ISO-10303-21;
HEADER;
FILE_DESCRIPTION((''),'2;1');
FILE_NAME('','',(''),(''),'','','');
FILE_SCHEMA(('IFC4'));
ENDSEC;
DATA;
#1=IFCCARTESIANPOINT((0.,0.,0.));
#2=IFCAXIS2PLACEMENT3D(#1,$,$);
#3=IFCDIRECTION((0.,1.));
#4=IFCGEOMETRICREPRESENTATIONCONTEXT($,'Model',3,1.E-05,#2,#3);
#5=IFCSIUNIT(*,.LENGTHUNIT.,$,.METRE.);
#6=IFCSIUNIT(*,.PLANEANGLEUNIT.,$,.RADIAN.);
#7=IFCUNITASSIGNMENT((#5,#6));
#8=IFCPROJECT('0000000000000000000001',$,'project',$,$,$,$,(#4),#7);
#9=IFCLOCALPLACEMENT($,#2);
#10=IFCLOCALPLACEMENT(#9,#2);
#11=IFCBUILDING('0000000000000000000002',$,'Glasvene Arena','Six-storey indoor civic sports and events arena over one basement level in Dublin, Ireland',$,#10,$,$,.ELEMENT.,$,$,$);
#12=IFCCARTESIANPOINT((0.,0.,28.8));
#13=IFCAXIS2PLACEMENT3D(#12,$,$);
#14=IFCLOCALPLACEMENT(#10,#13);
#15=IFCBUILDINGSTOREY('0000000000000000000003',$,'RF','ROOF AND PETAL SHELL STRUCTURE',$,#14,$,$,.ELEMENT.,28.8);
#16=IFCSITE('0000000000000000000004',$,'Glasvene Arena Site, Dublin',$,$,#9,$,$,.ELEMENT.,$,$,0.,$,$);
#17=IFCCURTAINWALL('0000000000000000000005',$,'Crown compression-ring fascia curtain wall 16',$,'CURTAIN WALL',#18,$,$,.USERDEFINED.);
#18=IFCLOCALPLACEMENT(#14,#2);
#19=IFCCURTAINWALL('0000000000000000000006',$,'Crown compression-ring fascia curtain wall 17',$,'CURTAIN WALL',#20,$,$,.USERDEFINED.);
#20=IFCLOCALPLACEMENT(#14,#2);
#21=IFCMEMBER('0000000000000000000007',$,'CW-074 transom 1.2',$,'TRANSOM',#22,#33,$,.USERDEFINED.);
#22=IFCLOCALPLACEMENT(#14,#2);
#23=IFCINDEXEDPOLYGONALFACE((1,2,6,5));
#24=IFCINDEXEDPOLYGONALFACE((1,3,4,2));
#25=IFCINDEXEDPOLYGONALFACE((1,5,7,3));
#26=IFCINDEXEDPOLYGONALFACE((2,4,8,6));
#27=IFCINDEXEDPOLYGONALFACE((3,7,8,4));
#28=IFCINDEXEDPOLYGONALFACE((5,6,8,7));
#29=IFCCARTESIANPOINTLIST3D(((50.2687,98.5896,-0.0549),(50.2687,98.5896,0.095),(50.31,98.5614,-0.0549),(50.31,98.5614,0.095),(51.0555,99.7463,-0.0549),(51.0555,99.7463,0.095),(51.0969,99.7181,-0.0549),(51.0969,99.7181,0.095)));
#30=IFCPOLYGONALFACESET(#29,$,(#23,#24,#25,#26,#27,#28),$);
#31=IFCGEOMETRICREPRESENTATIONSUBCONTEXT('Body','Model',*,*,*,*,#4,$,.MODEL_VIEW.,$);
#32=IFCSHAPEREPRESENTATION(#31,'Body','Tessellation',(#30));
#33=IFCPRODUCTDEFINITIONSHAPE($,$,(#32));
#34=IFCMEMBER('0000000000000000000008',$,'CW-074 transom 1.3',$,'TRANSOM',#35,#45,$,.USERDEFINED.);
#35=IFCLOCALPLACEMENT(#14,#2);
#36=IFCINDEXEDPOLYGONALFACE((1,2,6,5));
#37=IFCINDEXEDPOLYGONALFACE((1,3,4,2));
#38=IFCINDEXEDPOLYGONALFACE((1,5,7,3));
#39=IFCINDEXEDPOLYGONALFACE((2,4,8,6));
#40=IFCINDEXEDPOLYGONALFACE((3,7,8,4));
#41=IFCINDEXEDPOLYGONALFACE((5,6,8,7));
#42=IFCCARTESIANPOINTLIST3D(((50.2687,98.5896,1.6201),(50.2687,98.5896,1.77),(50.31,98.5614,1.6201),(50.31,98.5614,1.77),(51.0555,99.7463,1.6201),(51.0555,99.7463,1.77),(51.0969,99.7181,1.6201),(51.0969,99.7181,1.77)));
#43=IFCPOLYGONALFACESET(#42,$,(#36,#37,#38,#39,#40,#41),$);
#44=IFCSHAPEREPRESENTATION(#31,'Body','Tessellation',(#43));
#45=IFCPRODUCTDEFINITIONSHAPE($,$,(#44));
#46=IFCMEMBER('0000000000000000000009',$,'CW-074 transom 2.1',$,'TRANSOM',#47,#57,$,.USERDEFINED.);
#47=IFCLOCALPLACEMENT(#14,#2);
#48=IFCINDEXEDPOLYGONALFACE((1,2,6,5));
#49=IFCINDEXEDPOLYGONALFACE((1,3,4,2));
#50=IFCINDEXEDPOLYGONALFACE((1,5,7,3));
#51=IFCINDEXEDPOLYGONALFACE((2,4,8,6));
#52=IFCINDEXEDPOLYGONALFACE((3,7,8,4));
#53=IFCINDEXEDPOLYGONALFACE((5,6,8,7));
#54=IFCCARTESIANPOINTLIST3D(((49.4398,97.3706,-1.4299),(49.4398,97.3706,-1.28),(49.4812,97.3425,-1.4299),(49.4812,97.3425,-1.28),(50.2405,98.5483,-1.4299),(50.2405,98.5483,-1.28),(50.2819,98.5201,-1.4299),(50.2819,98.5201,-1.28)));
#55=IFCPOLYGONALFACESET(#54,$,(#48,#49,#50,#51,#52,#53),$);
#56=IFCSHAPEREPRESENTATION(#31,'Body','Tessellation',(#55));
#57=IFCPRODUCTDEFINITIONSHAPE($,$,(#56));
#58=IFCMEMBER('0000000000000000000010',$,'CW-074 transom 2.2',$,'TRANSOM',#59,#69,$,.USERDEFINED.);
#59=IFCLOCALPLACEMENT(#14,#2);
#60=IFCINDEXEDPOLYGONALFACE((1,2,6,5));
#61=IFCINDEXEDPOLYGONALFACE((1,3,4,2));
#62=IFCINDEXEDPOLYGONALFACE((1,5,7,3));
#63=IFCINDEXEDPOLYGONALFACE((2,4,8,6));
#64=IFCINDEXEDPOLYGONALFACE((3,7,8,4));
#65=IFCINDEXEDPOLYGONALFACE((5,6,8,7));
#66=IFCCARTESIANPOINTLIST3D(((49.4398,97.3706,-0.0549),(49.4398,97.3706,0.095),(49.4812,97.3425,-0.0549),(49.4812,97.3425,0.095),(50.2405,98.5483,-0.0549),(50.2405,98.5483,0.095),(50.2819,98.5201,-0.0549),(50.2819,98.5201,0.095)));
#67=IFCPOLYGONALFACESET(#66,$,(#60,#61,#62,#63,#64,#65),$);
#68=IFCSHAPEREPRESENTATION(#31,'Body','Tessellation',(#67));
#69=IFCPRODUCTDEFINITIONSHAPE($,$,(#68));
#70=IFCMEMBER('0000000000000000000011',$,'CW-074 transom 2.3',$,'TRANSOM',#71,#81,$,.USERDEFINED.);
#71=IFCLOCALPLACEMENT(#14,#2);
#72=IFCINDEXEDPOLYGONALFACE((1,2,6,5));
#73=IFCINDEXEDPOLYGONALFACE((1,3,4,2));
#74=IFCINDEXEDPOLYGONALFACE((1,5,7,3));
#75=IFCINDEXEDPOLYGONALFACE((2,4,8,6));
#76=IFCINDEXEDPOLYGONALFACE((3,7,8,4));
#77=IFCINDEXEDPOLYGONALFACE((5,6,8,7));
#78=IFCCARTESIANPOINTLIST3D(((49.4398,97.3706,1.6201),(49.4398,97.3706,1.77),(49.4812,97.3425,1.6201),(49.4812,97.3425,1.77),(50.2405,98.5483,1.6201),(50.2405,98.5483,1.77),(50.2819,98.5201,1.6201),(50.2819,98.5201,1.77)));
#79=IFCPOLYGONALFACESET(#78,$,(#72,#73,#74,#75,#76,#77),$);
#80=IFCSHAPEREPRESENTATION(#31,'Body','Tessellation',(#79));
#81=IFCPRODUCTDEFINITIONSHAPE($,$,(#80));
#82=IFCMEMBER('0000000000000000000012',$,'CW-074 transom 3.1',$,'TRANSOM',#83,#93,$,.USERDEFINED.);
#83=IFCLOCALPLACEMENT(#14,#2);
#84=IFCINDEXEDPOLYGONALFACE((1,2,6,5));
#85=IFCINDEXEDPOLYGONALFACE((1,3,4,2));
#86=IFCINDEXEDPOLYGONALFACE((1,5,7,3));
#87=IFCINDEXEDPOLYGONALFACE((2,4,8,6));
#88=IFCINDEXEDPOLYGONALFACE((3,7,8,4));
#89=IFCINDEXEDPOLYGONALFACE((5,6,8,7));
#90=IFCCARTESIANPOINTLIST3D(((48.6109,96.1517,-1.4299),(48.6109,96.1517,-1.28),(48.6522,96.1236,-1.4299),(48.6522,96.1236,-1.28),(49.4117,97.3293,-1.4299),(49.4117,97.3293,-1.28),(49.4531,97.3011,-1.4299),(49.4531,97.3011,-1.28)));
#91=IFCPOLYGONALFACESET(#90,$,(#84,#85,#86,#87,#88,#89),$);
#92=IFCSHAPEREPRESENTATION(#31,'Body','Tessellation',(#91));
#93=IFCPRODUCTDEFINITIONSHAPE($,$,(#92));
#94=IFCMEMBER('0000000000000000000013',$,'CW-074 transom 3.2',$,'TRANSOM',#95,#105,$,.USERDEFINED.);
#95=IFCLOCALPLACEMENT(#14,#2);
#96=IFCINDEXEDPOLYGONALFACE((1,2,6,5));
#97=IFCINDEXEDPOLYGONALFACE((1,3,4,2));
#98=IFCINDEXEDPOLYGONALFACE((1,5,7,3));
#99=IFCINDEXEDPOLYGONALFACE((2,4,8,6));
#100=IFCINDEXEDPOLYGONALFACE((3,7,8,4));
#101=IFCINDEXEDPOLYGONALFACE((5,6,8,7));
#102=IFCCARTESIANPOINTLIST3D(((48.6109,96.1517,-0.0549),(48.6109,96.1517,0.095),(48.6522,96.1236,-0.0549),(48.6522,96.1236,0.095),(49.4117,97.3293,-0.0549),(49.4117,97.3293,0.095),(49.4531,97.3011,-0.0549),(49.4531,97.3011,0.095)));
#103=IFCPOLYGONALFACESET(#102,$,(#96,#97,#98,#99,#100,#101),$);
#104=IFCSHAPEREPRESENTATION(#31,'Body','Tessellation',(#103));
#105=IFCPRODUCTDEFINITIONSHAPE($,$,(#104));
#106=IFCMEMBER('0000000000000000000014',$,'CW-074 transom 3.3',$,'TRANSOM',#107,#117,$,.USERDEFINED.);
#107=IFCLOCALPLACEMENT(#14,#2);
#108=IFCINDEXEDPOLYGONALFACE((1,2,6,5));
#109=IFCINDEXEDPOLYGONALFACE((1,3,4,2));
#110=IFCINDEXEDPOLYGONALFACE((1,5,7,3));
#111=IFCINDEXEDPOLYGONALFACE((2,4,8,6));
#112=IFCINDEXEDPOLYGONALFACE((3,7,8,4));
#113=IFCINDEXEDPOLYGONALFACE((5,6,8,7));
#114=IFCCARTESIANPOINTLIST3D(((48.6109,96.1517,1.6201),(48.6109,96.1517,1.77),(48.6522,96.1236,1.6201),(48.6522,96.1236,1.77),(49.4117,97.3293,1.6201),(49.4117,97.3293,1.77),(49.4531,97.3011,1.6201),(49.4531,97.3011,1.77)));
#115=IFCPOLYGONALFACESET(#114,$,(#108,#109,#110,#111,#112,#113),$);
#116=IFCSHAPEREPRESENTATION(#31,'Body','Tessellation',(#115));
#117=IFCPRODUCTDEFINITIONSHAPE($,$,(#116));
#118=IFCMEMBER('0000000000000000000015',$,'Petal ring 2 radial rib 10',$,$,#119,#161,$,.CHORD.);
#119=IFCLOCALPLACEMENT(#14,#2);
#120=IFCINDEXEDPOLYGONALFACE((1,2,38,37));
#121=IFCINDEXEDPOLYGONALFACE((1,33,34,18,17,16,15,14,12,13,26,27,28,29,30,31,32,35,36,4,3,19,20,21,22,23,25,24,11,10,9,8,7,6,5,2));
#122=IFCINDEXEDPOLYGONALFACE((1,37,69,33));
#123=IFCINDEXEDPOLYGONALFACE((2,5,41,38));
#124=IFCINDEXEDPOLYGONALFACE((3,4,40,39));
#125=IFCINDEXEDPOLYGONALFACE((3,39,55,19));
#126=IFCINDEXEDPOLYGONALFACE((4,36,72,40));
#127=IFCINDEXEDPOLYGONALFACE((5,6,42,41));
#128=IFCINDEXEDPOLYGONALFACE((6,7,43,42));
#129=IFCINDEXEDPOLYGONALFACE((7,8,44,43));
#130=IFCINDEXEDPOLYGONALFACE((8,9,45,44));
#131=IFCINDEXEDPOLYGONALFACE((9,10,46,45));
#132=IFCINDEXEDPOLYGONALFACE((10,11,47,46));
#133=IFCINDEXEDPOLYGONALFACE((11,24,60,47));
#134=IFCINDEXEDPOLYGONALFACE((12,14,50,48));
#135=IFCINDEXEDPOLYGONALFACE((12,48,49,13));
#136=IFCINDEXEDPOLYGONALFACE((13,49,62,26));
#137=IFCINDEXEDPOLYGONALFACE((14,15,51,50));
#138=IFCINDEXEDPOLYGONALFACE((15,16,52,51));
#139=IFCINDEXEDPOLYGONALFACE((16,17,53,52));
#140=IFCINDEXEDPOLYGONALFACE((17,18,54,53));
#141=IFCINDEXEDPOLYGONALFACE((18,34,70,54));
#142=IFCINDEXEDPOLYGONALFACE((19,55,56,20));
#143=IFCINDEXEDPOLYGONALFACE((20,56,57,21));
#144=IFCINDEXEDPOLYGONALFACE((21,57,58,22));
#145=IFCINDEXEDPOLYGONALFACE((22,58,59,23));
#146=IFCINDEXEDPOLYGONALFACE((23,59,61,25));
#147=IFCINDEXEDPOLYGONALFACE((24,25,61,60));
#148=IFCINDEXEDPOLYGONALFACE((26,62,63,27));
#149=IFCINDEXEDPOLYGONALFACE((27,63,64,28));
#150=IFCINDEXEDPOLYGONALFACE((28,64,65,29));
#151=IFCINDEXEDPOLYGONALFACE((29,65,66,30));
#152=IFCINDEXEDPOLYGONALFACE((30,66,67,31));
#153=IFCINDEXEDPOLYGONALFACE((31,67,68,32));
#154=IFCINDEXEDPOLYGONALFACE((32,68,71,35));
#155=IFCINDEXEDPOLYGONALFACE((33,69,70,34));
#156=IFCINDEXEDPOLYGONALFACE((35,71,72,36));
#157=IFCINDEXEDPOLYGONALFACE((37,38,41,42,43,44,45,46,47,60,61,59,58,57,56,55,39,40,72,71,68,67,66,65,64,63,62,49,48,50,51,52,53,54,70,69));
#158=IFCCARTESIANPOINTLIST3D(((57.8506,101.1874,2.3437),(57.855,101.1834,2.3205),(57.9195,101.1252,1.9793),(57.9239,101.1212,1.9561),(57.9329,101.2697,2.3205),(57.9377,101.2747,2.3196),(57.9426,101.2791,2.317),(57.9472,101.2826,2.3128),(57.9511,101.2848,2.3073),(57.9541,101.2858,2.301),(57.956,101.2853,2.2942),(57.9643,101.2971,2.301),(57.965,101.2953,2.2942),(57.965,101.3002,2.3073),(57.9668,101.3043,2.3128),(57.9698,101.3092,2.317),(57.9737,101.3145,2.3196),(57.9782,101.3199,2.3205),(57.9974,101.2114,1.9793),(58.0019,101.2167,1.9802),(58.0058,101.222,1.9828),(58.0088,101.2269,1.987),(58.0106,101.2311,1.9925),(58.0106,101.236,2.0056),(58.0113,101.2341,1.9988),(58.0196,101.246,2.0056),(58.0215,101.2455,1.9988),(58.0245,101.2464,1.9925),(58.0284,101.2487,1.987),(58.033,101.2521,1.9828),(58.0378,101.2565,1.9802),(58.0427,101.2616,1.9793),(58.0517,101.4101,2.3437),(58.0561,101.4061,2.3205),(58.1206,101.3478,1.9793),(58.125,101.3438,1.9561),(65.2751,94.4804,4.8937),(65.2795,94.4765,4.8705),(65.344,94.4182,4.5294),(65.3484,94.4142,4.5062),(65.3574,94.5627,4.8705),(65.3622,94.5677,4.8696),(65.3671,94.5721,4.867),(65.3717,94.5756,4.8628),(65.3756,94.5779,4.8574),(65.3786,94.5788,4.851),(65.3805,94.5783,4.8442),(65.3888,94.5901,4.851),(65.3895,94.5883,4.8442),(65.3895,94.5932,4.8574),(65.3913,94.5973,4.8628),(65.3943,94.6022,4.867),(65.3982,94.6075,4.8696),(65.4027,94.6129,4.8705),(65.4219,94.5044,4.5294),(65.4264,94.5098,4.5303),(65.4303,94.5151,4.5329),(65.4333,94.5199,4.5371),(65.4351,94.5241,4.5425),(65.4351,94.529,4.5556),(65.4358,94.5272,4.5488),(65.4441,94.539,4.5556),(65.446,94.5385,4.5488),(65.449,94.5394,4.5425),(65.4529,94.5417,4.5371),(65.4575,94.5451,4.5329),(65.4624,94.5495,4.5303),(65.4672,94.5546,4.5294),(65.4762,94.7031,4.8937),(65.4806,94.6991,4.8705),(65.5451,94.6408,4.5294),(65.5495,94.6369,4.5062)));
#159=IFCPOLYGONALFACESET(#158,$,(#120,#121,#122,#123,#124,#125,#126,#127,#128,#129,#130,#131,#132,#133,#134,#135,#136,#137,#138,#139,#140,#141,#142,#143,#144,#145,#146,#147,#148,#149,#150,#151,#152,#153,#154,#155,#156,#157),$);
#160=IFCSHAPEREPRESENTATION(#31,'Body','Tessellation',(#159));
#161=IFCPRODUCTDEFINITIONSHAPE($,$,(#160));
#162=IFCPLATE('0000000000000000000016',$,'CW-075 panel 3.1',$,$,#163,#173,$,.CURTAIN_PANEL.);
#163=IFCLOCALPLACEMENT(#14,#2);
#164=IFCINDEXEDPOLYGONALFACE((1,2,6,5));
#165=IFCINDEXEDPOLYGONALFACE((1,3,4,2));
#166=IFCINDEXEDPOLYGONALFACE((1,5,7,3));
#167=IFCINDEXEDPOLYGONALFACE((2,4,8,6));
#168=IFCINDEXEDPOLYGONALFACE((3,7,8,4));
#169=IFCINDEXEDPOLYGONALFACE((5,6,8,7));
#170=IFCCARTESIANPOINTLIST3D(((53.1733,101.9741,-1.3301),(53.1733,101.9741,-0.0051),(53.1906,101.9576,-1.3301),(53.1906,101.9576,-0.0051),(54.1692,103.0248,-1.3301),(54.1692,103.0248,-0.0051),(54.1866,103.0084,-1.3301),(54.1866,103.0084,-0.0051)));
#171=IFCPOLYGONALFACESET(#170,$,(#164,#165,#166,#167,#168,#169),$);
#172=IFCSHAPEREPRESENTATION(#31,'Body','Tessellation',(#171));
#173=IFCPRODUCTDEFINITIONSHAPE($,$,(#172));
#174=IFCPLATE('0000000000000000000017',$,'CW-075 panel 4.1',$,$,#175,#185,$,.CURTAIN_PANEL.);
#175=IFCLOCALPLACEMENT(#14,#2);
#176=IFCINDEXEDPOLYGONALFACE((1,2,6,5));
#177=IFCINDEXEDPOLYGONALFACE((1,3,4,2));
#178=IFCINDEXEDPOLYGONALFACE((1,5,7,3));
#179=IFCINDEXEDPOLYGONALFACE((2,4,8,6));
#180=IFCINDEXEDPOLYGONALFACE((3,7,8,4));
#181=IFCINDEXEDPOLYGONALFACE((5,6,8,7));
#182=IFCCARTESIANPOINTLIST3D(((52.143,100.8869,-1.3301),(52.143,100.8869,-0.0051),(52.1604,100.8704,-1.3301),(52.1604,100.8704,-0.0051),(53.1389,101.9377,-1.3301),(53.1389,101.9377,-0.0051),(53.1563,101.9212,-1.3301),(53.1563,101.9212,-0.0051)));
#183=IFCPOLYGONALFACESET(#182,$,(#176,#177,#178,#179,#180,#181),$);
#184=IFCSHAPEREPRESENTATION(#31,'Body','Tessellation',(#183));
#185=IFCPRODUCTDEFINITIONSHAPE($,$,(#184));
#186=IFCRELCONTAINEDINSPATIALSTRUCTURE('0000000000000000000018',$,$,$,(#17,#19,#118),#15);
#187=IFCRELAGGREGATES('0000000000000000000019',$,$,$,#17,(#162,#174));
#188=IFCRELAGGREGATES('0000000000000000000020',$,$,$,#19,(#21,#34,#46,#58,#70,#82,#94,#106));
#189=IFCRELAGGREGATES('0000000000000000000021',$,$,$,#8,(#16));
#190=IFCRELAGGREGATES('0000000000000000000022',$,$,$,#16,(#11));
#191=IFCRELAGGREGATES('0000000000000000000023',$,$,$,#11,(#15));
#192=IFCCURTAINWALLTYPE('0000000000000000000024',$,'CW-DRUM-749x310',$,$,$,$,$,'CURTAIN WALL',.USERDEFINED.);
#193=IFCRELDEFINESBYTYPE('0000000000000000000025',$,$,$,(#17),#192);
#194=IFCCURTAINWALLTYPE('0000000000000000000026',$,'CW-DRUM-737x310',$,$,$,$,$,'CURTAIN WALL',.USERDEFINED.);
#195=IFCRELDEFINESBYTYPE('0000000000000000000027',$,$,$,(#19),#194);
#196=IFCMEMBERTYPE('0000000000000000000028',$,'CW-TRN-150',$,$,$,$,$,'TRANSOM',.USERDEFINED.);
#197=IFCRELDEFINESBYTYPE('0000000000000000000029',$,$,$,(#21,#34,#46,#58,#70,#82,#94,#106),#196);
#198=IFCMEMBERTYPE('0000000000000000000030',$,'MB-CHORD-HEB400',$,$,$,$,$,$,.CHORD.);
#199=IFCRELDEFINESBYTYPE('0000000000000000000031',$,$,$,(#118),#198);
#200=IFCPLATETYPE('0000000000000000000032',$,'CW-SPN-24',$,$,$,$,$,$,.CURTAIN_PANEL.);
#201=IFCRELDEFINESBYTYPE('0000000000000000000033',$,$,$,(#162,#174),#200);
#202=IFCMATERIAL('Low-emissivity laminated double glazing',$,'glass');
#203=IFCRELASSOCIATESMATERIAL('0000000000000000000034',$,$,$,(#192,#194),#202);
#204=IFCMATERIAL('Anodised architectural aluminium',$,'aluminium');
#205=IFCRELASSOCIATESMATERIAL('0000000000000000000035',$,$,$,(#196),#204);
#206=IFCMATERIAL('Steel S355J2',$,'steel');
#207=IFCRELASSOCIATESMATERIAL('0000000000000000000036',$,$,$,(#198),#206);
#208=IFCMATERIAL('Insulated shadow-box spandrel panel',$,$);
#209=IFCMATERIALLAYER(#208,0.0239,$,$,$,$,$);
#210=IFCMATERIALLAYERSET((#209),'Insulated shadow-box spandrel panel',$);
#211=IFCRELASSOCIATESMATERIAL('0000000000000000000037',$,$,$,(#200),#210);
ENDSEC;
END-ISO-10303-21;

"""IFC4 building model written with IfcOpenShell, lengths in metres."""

from ifc_helpers import new_model, si_unit, direction, frame, origin, origin_2d, place, context, subcontext, project, spatial, rectangle, i_section, extrude, material, layer, layer_set, material_profile, profile_set, type_object, element, aggregate, save


model = new_model("IFC4")

# Units and contexts
model_context = context("Model", 3, precision=1e-05, world=origin(), true_north=direction((0.0, 1.0)))
body_context = subcontext(model_context, "Body", "Model", "MODEL_VIEW")
ifc_project = project(units=[si_unit("LENGTHUNIT", "METRE"), si_unit("PLANEANGLEUNIT", "RADIAN")], contexts=[model_context])

# Site, building, storey
site_placement = place(None, origin())
site = spatial("IfcSite", under=ifc_project, at=site_placement, Name="Glasvene Arena Site, Dublin", CompositionType="ELEMENT", RefElevation=0.0)
building_placement = place(site_placement, origin())
building = spatial("IfcBuilding", under=site, at=building_placement, Name="Glasvene Arena", Description="Six-storey indoor civic sports and events arena over one basement level in Dublin, Ireland", CompositionType="ELEMENT")
storey_placement = place(building_placement, frame((0.0, 0.0, 28.8)))
storey = spatial("IfcBuildingStorey", under=building, at=storey_placement, Name="RF", Description="ROOF AND PETAL SHELL STRUCTURE", CompositionType="ELEMENT", Elevation=28.8)

# Shared definitions
ifc_material_1 = material(Name="Steel S355J2", Category="steel")

# Curtain walls
ifc_material_2 = material(Name="Low-emissivity laminated double glazing", Category="glass")
curtain_wall_type_1 = type_object("IfcCurtainWallType", Name="CW-DRUM-749x310", ElementType="CURTAIN WALL", PredefinedType="USERDEFINED", material=ifc_material_2)
curtain_wall_1_placement = place(storey_placement, frame((56.2559, 105.2087, 0.0)))
curtain_wall_1 = element("IfcCurtainWall", 1, at=curtain_wall_1_placement, inside=storey, type_object=curtain_wall_type_1, Name="Crown compression-ring fascia curtain wall 16", ObjectType="CURTAIN WALL", PredefinedType="USERDEFINED")
ifc_material_3 = material(Name="Anodised architectural aluminium", Category="aluminium")
curtain_wall_type_2 = type_object("IfcCurtainWallType", Name="CW-DRUM-737x310", ElementType="CURTAIN WALL", PredefinedType="USERDEFINED", material=ifc_material_2)
curtain_wall_2_placement = place(storey_placement, frame((51.1042, 99.7737, 0.0)))
curtain_wall_2 = element("IfcCurtainWall", 2, at=curtain_wall_2_placement, inside=storey, type_object=curtain_wall_type_2, Name="Crown compression-ring fascia curtain wall 17", ObjectType="CURTAIN WALL", PredefinedType="USERDEFINED")

# Members
ifc_material_profile_1 = material_profile(ifc_material_3, rectangle(XDim=0.05, YDim=0.1499, at=origin_2d()), Name="ALU TRANSOM 50x150")
ifc_profile_set_1 = profile_set([ifc_material_profile_1], Name="Anodised architectural aluminium")
member_type_1 = type_object("IfcMemberType", Name="CW-TRN-150", ElementType="TRANSOM", PredefinedType="USERDEFINED", material=ifc_profile_set_1)
member_1_placement = place(storey_placement, frame((51.0762, 99.7322, 0.02), z_axis=(-0.562448, -0.826832, 0.0), x_axis=(0.826832, -0.562448, 0.0)))
member_1 = element("IfcMember", 3, at=member_1_placement, type_object=member_type_1, Name="CW-074 transom 1.2", ObjectType="TRANSOM", PredefinedType="USERDEFINED", context=body_context, shape_type="SweptSolid", body=[
    extrude(rectangle(XDim=0.05, YDim=0.1499, at=origin_2d()), origin(), (0.0, 0.0, 1.0), 1.3989),
])
member_2_placement = place(storey_placement, frame((51.0762, 99.7322, 1.6951), z_axis=(-0.562448, -0.826832, 0.0), x_axis=(0.826832, -0.562448, 0.0)))
member_2 = element("IfcMember", 4, at=member_2_placement, type_object=member_type_1, Name="CW-074 transom 1.3", ObjectType="TRANSOM", PredefinedType="USERDEFINED", context=body_context, shape_type="SweptSolid", body=[
    extrude(rectangle(XDim=0.05, YDim=0.1499, at=origin_2d()), origin(), (0.0, 0.0, 1.0), 1.3989),
])
member_3_placement = place(storey_placement, frame((50.2612, 98.5342, -1.355), z_axis=(-0.562273, -0.826952, 0.0), x_axis=(0.826952, -0.562273, 0.0)))
member_3 = element("IfcMember", 5, at=member_3_placement, type_object=member_type_1, Name="CW-074 transom 2.1", ObjectType="TRANSOM", PredefinedType="USERDEFINED", context=body_context, shape_type="SweptSolid", body=[
    extrude(rectangle(XDim=0.05, YDim=0.1499, at=origin_2d()), origin(), (0.0, 0.0, 1.0), 1.4241),
])
member_4_placement = place(storey_placement, frame((50.2612, 98.5342, 0.02), z_axis=(-0.562273, -0.826952, 0.0), x_axis=(0.826952, -0.562273, 0.0)))
member_4 = element("IfcMember", 6, at=member_4_placement, type_object=member_type_1, Name="CW-074 transom 2.2", ObjectType="TRANSOM", PredefinedType="USERDEFINED", context=body_context, shape_type="SweptSolid", body=[
    extrude(rectangle(XDim=0.05, YDim=0.1499, at=origin_2d()), origin(), (0.0, 0.0, 1.0), 1.4241),
])
member_5_placement = place(storey_placement, frame((50.2612, 98.5342, 1.6951), z_axis=(-0.562273, -0.826952, 0.0), x_axis=(0.826952, -0.562273, 0.0)))
member_5 = element("IfcMember", 7, at=member_5_placement, type_object=member_type_1, Name="CW-074 transom 2.3", ObjectType="TRANSOM", PredefinedType="USERDEFINED", context=body_context, shape_type="SweptSolid", body=[
    extrude(rectangle(XDim=0.05, YDim=0.1499, at=origin_2d()), origin(), (0.0, 0.0, 1.0), 1.4241),
])
member_6_placement = place(storey_placement, frame((49.4324, 97.3152, -1.355), z_axis=(-0.562352, -0.826898, 0.0), x_axis=(0.826898, -0.562352, 0.0)))
member_6 = element("IfcMember", 8, at=member_6_placement, type_object=member_type_1, Name="CW-074 transom 3.1", ObjectType="TRANSOM", PredefinedType="USERDEFINED", context=body_context, shape_type="SweptSolid", body=[
    extrude(rectangle(XDim=0.05, YDim=0.1499, at=origin_2d()), origin(), (0.0, 0.0, 1.0), 1.4241),
])
member_7_placement = place(storey_placement, frame((49.4324, 97.3152, 0.02), z_axis=(-0.562352, -0.826898, 0.0), x_axis=(0.826898, -0.562352, 0.0)))
member_7 = element("IfcMember", 9, at=member_7_placement, type_object=member_type_1, Name="CW-074 transom 3.2", ObjectType="TRANSOM", PredefinedType="USERDEFINED", context=body_context, shape_type="SweptSolid", body=[
    extrude(rectangle(XDim=0.05, YDim=0.1499, at=origin_2d()), origin(), (0.0, 0.0, 1.0), 1.4241),
])
member_8_placement = place(storey_placement, frame((49.4324, 97.3152, 1.6951), z_axis=(-0.562352, -0.826898, 0.0), x_axis=(0.826898, -0.562352, 0.0)))
member_8 = element("IfcMember", 10, at=member_8_placement, type_object=member_type_1, Name="CW-074 transom 3.3", ObjectType="TRANSOM", PredefinedType="USERDEFINED", context=body_context, shape_type="SweptSolid", body=[
    extrude(rectangle(XDim=0.05, YDim=0.1499, at=origin_2d()), origin(), (0.0, 0.0, 1.0), 1.4241),
])
ifc_material_profile_2 = material_profile(ifc_material_1, i_section(OverallWidth=0.3, OverallDepth=0.3999, WebThickness=0.0134, FlangeThickness=0.0239, FilletRadius=0.0271, at=origin_2d()), Name="HEB 400")
ifc_profile_set_2 = profile_set([ifc_material_profile_2], Name="Steel S355J2")
member_type_2 = type_object("IfcMemberType", Name="MB-CHORD-HEB400", PredefinedType="CHORD", material=ifc_profile_set_2)
member_9_placement = place(storey_placement, frame((57.9878, 101.2656, 2.1499), z_axis=(0.719067, -0.649575, 0.246972), x_axis=(0.67034, 0.742054, 0.0)))
element("IfcMember", 11, at=member_9_placement, inside=storey, type_object=member_type_2, Name="Petal ring 2 radial rib 10", PredefinedType="CHORD", context=body_context, shape_type="SweptSolid", body=[
    extrude(i_section(OverallWidth=0.3, OverallDepth=0.3999, WebThickness=0.0134, FlangeThickness=0.0239, FilletRadius=0.0271, at=origin_2d()), origin(), (0.0, 0.0, 1.0), 10.3252),
])

# Plates
ifc_material_4 = material(Name="Insulated shadow-box spandrel panel")
ifc_layer_1 = layer(ifc_material_4, 0.0239)
ifc_layer_set_1 = layer_set([ifc_layer_1], Name="Insulated shadow-box spandrel panel")
plate_type_1 = type_object("IfcPlateType", Name="CW-SPN-24", PredefinedType="CURTAIN_PANEL", material=ifc_layer_set_1)
plate_1_placement = place(storey_placement, frame((53.6799, 102.4912, -1.3301), z_axis=(0.0, 0.0, 1.0), x_axis=(-0.687925, -0.725782, 0.0)))
plate_1 = element("IfcPlate", 12, at=plate_1_placement, type_object=plate_type_1, Name="CW-075 panel 3.1", PredefinedType="CURTAIN_PANEL", context=body_context, shape_type="SweptSolid", body=[
    extrude(rectangle(XDim=1.4478, YDim=0.0239, at=origin_2d()), origin(), (0.0, 0.0, 1.0), 1.325),
])
plate_2_placement = place(storey_placement, frame((52.6497, 101.4041, -1.3301), z_axis=(0.0, 0.0, 1.0), x_axis=(-0.687925, -0.725782, 0.0)))
plate_2 = element("IfcPlate", 13, at=plate_2_placement, type_object=plate_type_1, Name="CW-075 panel 4.1", PredefinedType="CURTAIN_PANEL", context=body_context, shape_type="SweptSolid", body=[
    extrude(rectangle(XDim=1.4478, YDim=0.0239, at=origin_2d()), origin(), (0.0, 0.0, 1.0), 1.325),
])
aggregate(curtain_wall_1, [plate_1, plate_2])
aggregate(curtain_wall_2, [member_1, member_2, member_3, member_4, member_5, member_6, member_7, member_8])

save(model, "model.ifc")
